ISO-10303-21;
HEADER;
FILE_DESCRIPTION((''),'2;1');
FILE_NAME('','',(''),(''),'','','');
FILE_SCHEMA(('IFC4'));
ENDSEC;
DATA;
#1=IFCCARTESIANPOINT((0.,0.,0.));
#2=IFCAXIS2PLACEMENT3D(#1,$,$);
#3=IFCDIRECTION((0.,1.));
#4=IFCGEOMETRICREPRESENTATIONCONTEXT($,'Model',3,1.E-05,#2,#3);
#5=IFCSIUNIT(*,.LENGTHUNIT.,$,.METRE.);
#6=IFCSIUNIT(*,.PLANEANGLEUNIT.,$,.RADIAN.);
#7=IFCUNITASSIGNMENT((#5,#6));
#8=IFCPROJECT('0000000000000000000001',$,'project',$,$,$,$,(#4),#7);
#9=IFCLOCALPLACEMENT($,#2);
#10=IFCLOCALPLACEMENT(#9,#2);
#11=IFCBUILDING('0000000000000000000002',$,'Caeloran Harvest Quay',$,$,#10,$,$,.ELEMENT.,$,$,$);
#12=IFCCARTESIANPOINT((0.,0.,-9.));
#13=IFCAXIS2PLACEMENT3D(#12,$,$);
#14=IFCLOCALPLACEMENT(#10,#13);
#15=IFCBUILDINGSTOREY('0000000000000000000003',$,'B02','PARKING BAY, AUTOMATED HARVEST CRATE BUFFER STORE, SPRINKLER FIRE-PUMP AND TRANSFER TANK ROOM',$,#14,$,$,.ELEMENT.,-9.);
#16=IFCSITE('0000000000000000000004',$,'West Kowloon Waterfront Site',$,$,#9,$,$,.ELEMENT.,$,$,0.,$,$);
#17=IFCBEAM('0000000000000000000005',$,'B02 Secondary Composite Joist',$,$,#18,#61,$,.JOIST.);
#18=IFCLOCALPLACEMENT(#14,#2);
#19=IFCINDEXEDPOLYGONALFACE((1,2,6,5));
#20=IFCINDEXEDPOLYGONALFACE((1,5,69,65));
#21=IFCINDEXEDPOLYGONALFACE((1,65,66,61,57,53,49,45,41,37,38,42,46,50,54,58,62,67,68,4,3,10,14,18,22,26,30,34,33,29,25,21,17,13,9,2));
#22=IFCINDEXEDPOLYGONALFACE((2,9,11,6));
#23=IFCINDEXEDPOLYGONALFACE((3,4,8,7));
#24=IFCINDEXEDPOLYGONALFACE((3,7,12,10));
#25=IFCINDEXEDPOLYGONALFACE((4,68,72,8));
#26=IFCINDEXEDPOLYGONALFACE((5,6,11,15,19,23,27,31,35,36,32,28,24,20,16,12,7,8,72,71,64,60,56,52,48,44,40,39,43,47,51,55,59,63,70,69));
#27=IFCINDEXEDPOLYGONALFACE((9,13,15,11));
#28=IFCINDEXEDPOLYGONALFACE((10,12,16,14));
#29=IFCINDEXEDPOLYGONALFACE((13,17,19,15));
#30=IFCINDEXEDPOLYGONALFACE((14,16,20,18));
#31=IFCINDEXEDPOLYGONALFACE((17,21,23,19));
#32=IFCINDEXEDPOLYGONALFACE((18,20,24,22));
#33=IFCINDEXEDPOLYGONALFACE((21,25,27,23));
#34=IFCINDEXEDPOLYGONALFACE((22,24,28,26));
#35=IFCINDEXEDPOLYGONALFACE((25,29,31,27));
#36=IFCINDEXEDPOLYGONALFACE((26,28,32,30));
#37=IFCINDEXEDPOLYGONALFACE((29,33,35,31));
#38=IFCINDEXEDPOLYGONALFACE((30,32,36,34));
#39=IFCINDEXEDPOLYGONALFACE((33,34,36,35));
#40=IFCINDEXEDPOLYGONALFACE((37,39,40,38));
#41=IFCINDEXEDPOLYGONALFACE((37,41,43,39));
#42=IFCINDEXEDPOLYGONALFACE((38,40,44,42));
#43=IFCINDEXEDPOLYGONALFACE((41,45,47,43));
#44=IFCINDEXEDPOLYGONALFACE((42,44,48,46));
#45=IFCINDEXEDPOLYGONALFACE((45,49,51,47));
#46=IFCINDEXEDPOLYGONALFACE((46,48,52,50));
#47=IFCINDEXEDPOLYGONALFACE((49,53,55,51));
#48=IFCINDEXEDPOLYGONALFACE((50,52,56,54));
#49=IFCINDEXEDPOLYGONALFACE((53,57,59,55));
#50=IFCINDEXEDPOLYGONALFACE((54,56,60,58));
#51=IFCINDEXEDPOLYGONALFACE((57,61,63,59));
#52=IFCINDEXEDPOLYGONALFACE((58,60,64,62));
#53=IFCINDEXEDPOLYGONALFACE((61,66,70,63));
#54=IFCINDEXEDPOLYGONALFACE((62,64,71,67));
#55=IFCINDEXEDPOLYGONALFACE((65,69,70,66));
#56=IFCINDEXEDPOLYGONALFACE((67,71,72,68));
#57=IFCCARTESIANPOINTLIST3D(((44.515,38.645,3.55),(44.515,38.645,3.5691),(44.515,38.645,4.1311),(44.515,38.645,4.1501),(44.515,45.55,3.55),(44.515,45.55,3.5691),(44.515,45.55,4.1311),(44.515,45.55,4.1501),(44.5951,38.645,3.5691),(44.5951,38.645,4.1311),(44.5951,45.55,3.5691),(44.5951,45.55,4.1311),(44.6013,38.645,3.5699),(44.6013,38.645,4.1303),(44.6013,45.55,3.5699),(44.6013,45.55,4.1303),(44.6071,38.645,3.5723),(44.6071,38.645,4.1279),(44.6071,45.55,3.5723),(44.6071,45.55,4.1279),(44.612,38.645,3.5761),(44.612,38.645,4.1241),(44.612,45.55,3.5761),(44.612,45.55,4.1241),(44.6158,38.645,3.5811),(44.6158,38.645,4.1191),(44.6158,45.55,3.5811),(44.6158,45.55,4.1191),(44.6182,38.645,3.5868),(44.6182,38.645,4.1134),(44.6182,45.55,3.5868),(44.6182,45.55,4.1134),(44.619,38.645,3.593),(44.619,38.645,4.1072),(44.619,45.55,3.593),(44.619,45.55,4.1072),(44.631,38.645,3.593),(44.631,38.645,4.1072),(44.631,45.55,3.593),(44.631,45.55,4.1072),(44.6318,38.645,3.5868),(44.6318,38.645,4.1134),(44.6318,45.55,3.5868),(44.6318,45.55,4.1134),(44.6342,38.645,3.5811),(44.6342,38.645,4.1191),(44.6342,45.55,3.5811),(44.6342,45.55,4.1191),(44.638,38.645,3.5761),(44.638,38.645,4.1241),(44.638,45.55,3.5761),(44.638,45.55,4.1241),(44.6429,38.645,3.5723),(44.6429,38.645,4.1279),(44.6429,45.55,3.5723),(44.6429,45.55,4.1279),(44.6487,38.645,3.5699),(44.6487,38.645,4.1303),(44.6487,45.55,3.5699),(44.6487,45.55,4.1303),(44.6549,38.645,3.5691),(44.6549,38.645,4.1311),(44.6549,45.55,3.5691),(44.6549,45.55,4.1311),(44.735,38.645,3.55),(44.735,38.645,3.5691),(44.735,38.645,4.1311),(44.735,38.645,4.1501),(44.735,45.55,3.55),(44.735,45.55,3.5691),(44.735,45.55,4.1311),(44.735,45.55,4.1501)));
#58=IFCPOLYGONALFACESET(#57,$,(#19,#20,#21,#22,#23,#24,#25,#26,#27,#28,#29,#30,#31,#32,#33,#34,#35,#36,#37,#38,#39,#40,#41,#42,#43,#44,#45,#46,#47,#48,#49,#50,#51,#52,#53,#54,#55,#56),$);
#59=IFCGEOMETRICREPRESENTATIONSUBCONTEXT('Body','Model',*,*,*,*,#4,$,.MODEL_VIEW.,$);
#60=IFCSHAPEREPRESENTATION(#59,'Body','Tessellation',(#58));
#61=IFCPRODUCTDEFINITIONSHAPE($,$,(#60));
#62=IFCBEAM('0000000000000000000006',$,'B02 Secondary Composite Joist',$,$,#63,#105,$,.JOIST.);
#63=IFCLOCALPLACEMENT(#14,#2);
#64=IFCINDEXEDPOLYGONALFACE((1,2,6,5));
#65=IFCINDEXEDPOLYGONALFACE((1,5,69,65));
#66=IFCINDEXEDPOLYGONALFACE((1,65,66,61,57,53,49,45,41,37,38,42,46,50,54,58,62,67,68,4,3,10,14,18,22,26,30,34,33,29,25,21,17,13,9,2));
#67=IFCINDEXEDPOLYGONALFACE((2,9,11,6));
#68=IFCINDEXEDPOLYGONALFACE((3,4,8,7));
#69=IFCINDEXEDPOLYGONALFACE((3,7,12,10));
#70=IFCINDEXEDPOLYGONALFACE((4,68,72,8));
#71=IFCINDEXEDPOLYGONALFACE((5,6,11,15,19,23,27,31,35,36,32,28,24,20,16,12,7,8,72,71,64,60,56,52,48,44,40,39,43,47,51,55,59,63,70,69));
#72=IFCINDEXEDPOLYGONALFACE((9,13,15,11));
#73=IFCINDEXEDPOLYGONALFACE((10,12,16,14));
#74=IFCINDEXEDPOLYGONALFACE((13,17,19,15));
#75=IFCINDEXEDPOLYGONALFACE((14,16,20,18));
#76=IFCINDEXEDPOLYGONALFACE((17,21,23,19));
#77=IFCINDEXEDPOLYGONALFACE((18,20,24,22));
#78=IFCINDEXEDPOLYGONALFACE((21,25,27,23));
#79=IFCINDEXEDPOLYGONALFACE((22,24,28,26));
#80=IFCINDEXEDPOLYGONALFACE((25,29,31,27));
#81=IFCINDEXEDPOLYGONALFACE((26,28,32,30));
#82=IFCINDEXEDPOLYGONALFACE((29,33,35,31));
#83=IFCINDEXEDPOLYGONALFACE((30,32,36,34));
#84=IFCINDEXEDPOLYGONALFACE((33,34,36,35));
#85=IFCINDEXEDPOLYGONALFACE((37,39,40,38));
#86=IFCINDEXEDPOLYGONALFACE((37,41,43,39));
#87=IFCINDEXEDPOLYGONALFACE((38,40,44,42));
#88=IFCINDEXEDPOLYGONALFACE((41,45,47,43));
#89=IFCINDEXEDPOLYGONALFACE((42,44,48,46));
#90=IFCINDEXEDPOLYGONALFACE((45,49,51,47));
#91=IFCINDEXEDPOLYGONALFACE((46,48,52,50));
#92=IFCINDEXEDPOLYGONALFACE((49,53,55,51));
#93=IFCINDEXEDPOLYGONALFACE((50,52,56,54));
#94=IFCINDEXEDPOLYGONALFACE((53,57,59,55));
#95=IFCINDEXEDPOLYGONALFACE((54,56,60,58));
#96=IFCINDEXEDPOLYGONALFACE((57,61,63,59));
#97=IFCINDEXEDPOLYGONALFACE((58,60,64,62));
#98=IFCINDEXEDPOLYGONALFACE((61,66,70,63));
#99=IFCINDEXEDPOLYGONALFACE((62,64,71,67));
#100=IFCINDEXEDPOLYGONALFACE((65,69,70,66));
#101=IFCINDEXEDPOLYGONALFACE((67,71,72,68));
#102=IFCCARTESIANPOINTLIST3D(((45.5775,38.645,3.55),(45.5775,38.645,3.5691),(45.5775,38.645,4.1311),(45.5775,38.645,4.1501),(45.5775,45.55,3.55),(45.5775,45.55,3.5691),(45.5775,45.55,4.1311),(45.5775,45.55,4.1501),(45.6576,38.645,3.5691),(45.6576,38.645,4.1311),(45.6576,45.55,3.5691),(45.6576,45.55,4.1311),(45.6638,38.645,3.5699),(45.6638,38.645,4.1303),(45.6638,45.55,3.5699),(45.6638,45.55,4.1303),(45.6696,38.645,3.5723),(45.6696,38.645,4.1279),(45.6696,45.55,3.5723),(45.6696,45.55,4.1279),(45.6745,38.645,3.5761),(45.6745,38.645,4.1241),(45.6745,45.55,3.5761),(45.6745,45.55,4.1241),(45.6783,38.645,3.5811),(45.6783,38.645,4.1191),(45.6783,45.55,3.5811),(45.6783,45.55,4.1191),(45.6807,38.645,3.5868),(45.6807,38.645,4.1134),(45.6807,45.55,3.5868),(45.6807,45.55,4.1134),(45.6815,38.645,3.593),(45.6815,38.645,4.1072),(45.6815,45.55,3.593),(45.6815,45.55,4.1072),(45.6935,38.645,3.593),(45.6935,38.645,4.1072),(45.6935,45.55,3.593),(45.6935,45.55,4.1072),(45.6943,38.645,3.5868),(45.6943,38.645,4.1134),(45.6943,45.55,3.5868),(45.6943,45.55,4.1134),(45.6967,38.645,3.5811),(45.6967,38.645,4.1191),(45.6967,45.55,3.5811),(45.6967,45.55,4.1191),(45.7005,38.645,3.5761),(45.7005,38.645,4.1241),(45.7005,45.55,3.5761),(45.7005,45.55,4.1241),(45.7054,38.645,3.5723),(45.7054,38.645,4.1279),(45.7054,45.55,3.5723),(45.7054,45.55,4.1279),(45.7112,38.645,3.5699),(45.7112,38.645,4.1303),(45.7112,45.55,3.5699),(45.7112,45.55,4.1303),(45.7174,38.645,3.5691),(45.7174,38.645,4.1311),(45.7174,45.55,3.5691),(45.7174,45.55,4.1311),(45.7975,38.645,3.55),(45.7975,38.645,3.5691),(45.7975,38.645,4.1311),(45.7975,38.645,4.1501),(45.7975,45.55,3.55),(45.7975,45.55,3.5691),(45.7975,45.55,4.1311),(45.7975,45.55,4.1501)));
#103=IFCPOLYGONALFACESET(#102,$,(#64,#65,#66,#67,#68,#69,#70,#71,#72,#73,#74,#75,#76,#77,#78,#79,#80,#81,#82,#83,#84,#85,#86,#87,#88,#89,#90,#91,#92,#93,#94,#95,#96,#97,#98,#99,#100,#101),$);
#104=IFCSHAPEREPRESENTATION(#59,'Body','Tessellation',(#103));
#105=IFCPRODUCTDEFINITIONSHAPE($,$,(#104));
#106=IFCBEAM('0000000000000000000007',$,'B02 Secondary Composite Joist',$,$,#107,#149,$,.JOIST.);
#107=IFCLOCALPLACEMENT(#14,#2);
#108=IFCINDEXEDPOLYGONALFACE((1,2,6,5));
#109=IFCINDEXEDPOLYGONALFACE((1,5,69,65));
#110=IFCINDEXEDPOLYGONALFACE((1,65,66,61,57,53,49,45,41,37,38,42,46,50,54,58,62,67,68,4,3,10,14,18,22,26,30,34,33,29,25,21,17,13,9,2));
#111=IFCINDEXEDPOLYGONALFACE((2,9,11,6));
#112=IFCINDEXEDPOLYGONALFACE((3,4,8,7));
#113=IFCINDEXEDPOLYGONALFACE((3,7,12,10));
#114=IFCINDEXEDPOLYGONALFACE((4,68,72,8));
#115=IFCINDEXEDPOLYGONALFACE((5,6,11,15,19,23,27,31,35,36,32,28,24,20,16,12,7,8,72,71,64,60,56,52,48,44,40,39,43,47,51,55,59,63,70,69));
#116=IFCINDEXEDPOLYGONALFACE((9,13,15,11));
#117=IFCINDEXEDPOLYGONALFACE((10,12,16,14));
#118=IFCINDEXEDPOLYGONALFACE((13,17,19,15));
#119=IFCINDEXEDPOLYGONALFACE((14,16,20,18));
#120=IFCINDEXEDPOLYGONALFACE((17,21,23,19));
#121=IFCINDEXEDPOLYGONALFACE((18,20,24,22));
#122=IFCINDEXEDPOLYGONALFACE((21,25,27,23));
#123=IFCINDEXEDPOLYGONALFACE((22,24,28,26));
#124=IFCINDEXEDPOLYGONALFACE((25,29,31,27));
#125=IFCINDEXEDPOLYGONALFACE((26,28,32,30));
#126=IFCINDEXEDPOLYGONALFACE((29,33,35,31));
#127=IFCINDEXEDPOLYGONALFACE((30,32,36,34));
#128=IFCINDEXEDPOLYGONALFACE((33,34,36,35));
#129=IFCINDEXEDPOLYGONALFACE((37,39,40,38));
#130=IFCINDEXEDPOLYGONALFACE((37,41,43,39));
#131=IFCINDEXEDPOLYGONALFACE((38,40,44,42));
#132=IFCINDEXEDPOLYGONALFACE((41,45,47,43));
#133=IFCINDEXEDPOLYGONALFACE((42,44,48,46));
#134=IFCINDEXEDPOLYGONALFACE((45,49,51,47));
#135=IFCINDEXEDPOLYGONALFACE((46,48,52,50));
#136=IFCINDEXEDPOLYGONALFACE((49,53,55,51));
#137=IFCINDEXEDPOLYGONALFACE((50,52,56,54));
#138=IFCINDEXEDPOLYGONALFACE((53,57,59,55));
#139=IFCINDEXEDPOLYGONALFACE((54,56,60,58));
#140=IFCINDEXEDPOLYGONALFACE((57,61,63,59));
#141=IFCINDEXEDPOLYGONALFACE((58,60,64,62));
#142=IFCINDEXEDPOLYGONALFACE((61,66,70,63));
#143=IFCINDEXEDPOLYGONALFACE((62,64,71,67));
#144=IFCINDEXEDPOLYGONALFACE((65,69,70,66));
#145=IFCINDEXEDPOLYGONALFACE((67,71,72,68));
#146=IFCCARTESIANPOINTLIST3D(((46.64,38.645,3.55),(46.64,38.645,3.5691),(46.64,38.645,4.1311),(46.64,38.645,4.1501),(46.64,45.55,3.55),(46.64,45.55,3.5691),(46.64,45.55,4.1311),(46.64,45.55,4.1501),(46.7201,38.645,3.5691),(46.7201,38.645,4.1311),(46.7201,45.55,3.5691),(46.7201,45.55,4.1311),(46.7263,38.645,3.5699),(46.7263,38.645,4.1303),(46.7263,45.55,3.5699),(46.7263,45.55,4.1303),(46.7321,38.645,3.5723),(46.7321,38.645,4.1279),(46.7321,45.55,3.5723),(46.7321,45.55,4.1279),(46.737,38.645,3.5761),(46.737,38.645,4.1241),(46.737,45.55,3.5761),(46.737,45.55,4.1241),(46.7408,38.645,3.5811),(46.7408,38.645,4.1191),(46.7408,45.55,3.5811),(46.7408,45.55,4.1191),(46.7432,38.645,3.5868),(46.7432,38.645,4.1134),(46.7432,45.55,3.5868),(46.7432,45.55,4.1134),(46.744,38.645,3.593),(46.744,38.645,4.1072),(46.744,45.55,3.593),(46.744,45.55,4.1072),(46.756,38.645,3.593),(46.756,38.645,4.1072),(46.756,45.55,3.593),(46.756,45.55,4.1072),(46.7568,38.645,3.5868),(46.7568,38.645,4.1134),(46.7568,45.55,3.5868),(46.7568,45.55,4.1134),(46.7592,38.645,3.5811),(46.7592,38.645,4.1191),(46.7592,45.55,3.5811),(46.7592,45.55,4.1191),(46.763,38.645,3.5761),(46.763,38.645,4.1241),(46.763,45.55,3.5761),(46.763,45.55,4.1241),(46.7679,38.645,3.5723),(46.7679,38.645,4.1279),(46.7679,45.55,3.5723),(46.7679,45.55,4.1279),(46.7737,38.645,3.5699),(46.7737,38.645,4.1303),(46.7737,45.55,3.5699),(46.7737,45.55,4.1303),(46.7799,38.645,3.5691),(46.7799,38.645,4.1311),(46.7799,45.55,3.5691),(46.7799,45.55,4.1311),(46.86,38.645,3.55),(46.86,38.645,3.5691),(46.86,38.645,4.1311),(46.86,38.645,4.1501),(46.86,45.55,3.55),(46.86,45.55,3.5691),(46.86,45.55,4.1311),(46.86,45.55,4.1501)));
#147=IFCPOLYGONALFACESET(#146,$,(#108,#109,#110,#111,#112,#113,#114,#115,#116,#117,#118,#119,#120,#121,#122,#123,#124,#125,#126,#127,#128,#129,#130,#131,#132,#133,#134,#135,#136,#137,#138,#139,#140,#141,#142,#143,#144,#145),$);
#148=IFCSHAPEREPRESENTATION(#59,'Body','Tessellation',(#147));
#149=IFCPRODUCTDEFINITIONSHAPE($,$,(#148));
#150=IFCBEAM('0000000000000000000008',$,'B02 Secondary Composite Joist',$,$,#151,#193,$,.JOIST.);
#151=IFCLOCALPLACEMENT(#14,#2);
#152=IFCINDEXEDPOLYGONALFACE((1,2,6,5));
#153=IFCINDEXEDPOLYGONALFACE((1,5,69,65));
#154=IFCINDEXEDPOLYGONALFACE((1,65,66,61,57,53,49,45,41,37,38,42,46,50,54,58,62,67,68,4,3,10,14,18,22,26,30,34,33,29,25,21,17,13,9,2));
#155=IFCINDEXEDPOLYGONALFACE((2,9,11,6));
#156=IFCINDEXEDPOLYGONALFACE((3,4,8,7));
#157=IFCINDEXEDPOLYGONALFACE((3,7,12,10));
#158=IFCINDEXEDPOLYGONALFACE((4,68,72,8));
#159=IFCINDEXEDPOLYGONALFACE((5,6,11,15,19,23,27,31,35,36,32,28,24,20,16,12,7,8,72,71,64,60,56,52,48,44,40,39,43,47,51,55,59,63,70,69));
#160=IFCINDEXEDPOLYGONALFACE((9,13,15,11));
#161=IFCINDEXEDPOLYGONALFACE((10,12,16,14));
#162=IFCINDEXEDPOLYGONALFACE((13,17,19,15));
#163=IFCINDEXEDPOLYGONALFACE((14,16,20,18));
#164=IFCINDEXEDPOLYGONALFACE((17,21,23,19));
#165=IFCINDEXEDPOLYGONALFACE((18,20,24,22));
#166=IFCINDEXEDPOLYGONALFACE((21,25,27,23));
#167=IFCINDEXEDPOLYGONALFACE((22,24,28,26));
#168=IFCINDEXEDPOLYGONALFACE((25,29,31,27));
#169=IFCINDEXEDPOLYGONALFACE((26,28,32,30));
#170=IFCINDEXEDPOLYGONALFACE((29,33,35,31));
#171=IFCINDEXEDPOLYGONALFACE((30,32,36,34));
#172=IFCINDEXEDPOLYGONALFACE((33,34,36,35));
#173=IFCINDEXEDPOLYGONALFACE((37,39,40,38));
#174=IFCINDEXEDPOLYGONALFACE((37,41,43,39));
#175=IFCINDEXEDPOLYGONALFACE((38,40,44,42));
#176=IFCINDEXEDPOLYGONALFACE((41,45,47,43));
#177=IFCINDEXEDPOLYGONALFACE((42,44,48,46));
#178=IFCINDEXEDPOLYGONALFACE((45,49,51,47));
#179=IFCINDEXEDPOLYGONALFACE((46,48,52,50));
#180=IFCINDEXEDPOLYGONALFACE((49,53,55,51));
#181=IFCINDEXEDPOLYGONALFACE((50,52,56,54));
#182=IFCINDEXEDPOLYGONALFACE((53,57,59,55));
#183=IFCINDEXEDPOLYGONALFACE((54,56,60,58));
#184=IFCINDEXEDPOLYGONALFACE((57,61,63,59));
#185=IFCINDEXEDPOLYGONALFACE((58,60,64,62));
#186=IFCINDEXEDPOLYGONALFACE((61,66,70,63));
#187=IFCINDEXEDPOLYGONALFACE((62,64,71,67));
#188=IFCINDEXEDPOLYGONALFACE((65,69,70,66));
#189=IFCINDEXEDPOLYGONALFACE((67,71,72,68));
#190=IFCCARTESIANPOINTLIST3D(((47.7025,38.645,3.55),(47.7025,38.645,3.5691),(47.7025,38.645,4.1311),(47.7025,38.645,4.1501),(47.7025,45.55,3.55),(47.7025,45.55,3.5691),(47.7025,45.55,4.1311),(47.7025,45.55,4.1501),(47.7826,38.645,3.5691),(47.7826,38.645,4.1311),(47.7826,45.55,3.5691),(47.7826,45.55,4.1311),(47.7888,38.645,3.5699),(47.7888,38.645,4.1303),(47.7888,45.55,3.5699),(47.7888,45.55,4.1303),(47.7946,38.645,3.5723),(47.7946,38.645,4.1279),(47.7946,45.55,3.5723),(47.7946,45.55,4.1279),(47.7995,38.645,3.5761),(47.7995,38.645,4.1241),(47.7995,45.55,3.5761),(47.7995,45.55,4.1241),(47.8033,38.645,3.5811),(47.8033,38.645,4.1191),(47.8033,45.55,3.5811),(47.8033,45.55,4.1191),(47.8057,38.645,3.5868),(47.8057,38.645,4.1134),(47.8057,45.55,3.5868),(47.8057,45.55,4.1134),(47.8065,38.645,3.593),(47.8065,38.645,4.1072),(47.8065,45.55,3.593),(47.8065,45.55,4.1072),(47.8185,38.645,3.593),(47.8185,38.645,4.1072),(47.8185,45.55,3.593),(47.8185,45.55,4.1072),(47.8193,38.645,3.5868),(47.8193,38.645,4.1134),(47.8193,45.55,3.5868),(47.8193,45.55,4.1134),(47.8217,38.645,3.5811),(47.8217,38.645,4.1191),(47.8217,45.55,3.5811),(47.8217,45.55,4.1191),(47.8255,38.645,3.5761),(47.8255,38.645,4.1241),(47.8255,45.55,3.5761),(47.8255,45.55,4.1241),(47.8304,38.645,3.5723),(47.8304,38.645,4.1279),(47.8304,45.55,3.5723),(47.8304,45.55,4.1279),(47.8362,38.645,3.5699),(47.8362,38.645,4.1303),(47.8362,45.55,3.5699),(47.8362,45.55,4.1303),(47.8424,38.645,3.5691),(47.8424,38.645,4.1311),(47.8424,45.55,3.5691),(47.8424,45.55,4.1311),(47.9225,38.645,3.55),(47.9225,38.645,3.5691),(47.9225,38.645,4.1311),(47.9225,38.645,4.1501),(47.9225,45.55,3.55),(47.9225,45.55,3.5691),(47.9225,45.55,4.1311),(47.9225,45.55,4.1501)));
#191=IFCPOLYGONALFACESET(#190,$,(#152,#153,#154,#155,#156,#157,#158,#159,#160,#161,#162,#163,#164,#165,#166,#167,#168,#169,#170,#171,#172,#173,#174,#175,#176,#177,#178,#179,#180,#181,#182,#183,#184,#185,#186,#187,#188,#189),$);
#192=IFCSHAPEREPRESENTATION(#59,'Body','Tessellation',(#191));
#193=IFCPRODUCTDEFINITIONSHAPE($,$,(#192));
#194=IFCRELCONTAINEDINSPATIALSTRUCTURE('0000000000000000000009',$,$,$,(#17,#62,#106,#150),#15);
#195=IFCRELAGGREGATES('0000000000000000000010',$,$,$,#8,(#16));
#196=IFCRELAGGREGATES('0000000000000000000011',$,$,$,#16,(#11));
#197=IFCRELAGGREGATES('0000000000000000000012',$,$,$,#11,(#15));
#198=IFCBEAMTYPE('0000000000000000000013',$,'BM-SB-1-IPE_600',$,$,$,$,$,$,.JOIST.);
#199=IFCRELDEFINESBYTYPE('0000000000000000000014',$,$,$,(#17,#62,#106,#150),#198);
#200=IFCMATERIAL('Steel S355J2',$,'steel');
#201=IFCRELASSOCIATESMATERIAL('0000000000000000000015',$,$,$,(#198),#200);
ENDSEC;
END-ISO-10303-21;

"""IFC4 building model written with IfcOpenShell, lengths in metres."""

from ifc_helpers import new_model, si_unit, direction, frame, origin, origin_2d, place, context, subcontext, project, spatial, i_section, extrude, material, material_profile, profile_set, type_object, element, save


model = new_model("IFC4")

# Units and contexts
model_context = context("Model", 3, precision=1e-05, world=origin(), true_north=direction((0.0, 1.0)))
body_context = subcontext(model_context, "Body", "Model", "MODEL_VIEW")
ifc_project = project(units=[si_unit("LENGTHUNIT", "METRE"), si_unit("PLANEANGLEUNIT", "RADIAN")], contexts=[model_context])

# Site, building, storey
site_placement = place(None, origin())
site = spatial("IfcSite", under=ifc_project, at=site_placement, Name="West Kowloon Waterfront Site", CompositionType="ELEMENT", RefElevation=0.0)
building_placement = place(site_placement, origin())
building = spatial("IfcBuilding", under=site, at=building_placement, Name="Caeloran Harvest Quay", CompositionType="ELEMENT")
storey_placement = place(building_placement, frame((0.0, 0.0, -9.0)))
storey = spatial("IfcBuildingStorey", under=building, at=storey_placement, Name="B02", Description="PARKING BAY, AUTOMATED HARVEST CRATE BUFFER STORE, SPRINKLER FIRE-PUMP AND TRANSFER TANK ROOM", CompositionType="ELEMENT", Elevation=-9.0)

# Beams
ifc_material_1 = material(Name="Steel S355J2", Category="steel")
ifc_material_profile_1 = material_profile(ifc_material_1, i_section(OverallWidth=0.22, OverallDepth=0.6001, WebThickness=0.012, FlangeThickness=0.019, FilletRadius=0.0239, at=origin_2d()), Name="IPE 600")
ifc_profile_set_1 = profile_set([ifc_material_profile_1], Name="Steel S355J2")
beam_type_1 = type_object("IfcBeamType", Name="BM-SB-1-IPE_600", PredefinedType="JOIST", material=ifc_profile_set_1)
for number, where, z_axis, x_axis, name in (
    (1, (44.625, 38.645, 3.8501), (0.0, 1.0, 0.0), (-1.0, 0.0, 0.0), "B02 Secondary Composite Joist"),
    (2, (45.6875, 38.645, 3.8501), (0.0, 1.0, 0.0), (-1.0, 0.0, 0.0), "B02 Secondary Composite Joist"),
    (3, (46.75, 38.645, 3.8501), (0.0, 1.0, 0.0), (-1.0, 0.0, 0.0), "B02 Secondary Composite Joist"),
    (4, (47.8125, 38.645, 3.8501), (0.0, 1.0, 0.0), (-1.0, 0.0, 0.0), "B02 Secondary Composite Joist"),
):
    element("IfcBeam", number, at=place(storey_placement, frame(where, z_axis=z_axis, x_axis=x_axis)), inside=storey, type_object=beam_type_1, Name=name, PredefinedType="JOIST", context=body_context, shape_type="SweptSolid", body=[
        extrude(i_section(OverallWidth=0.22, OverallDepth=0.6001, WebThickness=0.012, FlangeThickness=0.019, FilletRadius=0.0239, at=origin_2d()), origin(), (0.0, 0.0, 1.0), 6.905),
    ])

save(model, "model.ifc")
